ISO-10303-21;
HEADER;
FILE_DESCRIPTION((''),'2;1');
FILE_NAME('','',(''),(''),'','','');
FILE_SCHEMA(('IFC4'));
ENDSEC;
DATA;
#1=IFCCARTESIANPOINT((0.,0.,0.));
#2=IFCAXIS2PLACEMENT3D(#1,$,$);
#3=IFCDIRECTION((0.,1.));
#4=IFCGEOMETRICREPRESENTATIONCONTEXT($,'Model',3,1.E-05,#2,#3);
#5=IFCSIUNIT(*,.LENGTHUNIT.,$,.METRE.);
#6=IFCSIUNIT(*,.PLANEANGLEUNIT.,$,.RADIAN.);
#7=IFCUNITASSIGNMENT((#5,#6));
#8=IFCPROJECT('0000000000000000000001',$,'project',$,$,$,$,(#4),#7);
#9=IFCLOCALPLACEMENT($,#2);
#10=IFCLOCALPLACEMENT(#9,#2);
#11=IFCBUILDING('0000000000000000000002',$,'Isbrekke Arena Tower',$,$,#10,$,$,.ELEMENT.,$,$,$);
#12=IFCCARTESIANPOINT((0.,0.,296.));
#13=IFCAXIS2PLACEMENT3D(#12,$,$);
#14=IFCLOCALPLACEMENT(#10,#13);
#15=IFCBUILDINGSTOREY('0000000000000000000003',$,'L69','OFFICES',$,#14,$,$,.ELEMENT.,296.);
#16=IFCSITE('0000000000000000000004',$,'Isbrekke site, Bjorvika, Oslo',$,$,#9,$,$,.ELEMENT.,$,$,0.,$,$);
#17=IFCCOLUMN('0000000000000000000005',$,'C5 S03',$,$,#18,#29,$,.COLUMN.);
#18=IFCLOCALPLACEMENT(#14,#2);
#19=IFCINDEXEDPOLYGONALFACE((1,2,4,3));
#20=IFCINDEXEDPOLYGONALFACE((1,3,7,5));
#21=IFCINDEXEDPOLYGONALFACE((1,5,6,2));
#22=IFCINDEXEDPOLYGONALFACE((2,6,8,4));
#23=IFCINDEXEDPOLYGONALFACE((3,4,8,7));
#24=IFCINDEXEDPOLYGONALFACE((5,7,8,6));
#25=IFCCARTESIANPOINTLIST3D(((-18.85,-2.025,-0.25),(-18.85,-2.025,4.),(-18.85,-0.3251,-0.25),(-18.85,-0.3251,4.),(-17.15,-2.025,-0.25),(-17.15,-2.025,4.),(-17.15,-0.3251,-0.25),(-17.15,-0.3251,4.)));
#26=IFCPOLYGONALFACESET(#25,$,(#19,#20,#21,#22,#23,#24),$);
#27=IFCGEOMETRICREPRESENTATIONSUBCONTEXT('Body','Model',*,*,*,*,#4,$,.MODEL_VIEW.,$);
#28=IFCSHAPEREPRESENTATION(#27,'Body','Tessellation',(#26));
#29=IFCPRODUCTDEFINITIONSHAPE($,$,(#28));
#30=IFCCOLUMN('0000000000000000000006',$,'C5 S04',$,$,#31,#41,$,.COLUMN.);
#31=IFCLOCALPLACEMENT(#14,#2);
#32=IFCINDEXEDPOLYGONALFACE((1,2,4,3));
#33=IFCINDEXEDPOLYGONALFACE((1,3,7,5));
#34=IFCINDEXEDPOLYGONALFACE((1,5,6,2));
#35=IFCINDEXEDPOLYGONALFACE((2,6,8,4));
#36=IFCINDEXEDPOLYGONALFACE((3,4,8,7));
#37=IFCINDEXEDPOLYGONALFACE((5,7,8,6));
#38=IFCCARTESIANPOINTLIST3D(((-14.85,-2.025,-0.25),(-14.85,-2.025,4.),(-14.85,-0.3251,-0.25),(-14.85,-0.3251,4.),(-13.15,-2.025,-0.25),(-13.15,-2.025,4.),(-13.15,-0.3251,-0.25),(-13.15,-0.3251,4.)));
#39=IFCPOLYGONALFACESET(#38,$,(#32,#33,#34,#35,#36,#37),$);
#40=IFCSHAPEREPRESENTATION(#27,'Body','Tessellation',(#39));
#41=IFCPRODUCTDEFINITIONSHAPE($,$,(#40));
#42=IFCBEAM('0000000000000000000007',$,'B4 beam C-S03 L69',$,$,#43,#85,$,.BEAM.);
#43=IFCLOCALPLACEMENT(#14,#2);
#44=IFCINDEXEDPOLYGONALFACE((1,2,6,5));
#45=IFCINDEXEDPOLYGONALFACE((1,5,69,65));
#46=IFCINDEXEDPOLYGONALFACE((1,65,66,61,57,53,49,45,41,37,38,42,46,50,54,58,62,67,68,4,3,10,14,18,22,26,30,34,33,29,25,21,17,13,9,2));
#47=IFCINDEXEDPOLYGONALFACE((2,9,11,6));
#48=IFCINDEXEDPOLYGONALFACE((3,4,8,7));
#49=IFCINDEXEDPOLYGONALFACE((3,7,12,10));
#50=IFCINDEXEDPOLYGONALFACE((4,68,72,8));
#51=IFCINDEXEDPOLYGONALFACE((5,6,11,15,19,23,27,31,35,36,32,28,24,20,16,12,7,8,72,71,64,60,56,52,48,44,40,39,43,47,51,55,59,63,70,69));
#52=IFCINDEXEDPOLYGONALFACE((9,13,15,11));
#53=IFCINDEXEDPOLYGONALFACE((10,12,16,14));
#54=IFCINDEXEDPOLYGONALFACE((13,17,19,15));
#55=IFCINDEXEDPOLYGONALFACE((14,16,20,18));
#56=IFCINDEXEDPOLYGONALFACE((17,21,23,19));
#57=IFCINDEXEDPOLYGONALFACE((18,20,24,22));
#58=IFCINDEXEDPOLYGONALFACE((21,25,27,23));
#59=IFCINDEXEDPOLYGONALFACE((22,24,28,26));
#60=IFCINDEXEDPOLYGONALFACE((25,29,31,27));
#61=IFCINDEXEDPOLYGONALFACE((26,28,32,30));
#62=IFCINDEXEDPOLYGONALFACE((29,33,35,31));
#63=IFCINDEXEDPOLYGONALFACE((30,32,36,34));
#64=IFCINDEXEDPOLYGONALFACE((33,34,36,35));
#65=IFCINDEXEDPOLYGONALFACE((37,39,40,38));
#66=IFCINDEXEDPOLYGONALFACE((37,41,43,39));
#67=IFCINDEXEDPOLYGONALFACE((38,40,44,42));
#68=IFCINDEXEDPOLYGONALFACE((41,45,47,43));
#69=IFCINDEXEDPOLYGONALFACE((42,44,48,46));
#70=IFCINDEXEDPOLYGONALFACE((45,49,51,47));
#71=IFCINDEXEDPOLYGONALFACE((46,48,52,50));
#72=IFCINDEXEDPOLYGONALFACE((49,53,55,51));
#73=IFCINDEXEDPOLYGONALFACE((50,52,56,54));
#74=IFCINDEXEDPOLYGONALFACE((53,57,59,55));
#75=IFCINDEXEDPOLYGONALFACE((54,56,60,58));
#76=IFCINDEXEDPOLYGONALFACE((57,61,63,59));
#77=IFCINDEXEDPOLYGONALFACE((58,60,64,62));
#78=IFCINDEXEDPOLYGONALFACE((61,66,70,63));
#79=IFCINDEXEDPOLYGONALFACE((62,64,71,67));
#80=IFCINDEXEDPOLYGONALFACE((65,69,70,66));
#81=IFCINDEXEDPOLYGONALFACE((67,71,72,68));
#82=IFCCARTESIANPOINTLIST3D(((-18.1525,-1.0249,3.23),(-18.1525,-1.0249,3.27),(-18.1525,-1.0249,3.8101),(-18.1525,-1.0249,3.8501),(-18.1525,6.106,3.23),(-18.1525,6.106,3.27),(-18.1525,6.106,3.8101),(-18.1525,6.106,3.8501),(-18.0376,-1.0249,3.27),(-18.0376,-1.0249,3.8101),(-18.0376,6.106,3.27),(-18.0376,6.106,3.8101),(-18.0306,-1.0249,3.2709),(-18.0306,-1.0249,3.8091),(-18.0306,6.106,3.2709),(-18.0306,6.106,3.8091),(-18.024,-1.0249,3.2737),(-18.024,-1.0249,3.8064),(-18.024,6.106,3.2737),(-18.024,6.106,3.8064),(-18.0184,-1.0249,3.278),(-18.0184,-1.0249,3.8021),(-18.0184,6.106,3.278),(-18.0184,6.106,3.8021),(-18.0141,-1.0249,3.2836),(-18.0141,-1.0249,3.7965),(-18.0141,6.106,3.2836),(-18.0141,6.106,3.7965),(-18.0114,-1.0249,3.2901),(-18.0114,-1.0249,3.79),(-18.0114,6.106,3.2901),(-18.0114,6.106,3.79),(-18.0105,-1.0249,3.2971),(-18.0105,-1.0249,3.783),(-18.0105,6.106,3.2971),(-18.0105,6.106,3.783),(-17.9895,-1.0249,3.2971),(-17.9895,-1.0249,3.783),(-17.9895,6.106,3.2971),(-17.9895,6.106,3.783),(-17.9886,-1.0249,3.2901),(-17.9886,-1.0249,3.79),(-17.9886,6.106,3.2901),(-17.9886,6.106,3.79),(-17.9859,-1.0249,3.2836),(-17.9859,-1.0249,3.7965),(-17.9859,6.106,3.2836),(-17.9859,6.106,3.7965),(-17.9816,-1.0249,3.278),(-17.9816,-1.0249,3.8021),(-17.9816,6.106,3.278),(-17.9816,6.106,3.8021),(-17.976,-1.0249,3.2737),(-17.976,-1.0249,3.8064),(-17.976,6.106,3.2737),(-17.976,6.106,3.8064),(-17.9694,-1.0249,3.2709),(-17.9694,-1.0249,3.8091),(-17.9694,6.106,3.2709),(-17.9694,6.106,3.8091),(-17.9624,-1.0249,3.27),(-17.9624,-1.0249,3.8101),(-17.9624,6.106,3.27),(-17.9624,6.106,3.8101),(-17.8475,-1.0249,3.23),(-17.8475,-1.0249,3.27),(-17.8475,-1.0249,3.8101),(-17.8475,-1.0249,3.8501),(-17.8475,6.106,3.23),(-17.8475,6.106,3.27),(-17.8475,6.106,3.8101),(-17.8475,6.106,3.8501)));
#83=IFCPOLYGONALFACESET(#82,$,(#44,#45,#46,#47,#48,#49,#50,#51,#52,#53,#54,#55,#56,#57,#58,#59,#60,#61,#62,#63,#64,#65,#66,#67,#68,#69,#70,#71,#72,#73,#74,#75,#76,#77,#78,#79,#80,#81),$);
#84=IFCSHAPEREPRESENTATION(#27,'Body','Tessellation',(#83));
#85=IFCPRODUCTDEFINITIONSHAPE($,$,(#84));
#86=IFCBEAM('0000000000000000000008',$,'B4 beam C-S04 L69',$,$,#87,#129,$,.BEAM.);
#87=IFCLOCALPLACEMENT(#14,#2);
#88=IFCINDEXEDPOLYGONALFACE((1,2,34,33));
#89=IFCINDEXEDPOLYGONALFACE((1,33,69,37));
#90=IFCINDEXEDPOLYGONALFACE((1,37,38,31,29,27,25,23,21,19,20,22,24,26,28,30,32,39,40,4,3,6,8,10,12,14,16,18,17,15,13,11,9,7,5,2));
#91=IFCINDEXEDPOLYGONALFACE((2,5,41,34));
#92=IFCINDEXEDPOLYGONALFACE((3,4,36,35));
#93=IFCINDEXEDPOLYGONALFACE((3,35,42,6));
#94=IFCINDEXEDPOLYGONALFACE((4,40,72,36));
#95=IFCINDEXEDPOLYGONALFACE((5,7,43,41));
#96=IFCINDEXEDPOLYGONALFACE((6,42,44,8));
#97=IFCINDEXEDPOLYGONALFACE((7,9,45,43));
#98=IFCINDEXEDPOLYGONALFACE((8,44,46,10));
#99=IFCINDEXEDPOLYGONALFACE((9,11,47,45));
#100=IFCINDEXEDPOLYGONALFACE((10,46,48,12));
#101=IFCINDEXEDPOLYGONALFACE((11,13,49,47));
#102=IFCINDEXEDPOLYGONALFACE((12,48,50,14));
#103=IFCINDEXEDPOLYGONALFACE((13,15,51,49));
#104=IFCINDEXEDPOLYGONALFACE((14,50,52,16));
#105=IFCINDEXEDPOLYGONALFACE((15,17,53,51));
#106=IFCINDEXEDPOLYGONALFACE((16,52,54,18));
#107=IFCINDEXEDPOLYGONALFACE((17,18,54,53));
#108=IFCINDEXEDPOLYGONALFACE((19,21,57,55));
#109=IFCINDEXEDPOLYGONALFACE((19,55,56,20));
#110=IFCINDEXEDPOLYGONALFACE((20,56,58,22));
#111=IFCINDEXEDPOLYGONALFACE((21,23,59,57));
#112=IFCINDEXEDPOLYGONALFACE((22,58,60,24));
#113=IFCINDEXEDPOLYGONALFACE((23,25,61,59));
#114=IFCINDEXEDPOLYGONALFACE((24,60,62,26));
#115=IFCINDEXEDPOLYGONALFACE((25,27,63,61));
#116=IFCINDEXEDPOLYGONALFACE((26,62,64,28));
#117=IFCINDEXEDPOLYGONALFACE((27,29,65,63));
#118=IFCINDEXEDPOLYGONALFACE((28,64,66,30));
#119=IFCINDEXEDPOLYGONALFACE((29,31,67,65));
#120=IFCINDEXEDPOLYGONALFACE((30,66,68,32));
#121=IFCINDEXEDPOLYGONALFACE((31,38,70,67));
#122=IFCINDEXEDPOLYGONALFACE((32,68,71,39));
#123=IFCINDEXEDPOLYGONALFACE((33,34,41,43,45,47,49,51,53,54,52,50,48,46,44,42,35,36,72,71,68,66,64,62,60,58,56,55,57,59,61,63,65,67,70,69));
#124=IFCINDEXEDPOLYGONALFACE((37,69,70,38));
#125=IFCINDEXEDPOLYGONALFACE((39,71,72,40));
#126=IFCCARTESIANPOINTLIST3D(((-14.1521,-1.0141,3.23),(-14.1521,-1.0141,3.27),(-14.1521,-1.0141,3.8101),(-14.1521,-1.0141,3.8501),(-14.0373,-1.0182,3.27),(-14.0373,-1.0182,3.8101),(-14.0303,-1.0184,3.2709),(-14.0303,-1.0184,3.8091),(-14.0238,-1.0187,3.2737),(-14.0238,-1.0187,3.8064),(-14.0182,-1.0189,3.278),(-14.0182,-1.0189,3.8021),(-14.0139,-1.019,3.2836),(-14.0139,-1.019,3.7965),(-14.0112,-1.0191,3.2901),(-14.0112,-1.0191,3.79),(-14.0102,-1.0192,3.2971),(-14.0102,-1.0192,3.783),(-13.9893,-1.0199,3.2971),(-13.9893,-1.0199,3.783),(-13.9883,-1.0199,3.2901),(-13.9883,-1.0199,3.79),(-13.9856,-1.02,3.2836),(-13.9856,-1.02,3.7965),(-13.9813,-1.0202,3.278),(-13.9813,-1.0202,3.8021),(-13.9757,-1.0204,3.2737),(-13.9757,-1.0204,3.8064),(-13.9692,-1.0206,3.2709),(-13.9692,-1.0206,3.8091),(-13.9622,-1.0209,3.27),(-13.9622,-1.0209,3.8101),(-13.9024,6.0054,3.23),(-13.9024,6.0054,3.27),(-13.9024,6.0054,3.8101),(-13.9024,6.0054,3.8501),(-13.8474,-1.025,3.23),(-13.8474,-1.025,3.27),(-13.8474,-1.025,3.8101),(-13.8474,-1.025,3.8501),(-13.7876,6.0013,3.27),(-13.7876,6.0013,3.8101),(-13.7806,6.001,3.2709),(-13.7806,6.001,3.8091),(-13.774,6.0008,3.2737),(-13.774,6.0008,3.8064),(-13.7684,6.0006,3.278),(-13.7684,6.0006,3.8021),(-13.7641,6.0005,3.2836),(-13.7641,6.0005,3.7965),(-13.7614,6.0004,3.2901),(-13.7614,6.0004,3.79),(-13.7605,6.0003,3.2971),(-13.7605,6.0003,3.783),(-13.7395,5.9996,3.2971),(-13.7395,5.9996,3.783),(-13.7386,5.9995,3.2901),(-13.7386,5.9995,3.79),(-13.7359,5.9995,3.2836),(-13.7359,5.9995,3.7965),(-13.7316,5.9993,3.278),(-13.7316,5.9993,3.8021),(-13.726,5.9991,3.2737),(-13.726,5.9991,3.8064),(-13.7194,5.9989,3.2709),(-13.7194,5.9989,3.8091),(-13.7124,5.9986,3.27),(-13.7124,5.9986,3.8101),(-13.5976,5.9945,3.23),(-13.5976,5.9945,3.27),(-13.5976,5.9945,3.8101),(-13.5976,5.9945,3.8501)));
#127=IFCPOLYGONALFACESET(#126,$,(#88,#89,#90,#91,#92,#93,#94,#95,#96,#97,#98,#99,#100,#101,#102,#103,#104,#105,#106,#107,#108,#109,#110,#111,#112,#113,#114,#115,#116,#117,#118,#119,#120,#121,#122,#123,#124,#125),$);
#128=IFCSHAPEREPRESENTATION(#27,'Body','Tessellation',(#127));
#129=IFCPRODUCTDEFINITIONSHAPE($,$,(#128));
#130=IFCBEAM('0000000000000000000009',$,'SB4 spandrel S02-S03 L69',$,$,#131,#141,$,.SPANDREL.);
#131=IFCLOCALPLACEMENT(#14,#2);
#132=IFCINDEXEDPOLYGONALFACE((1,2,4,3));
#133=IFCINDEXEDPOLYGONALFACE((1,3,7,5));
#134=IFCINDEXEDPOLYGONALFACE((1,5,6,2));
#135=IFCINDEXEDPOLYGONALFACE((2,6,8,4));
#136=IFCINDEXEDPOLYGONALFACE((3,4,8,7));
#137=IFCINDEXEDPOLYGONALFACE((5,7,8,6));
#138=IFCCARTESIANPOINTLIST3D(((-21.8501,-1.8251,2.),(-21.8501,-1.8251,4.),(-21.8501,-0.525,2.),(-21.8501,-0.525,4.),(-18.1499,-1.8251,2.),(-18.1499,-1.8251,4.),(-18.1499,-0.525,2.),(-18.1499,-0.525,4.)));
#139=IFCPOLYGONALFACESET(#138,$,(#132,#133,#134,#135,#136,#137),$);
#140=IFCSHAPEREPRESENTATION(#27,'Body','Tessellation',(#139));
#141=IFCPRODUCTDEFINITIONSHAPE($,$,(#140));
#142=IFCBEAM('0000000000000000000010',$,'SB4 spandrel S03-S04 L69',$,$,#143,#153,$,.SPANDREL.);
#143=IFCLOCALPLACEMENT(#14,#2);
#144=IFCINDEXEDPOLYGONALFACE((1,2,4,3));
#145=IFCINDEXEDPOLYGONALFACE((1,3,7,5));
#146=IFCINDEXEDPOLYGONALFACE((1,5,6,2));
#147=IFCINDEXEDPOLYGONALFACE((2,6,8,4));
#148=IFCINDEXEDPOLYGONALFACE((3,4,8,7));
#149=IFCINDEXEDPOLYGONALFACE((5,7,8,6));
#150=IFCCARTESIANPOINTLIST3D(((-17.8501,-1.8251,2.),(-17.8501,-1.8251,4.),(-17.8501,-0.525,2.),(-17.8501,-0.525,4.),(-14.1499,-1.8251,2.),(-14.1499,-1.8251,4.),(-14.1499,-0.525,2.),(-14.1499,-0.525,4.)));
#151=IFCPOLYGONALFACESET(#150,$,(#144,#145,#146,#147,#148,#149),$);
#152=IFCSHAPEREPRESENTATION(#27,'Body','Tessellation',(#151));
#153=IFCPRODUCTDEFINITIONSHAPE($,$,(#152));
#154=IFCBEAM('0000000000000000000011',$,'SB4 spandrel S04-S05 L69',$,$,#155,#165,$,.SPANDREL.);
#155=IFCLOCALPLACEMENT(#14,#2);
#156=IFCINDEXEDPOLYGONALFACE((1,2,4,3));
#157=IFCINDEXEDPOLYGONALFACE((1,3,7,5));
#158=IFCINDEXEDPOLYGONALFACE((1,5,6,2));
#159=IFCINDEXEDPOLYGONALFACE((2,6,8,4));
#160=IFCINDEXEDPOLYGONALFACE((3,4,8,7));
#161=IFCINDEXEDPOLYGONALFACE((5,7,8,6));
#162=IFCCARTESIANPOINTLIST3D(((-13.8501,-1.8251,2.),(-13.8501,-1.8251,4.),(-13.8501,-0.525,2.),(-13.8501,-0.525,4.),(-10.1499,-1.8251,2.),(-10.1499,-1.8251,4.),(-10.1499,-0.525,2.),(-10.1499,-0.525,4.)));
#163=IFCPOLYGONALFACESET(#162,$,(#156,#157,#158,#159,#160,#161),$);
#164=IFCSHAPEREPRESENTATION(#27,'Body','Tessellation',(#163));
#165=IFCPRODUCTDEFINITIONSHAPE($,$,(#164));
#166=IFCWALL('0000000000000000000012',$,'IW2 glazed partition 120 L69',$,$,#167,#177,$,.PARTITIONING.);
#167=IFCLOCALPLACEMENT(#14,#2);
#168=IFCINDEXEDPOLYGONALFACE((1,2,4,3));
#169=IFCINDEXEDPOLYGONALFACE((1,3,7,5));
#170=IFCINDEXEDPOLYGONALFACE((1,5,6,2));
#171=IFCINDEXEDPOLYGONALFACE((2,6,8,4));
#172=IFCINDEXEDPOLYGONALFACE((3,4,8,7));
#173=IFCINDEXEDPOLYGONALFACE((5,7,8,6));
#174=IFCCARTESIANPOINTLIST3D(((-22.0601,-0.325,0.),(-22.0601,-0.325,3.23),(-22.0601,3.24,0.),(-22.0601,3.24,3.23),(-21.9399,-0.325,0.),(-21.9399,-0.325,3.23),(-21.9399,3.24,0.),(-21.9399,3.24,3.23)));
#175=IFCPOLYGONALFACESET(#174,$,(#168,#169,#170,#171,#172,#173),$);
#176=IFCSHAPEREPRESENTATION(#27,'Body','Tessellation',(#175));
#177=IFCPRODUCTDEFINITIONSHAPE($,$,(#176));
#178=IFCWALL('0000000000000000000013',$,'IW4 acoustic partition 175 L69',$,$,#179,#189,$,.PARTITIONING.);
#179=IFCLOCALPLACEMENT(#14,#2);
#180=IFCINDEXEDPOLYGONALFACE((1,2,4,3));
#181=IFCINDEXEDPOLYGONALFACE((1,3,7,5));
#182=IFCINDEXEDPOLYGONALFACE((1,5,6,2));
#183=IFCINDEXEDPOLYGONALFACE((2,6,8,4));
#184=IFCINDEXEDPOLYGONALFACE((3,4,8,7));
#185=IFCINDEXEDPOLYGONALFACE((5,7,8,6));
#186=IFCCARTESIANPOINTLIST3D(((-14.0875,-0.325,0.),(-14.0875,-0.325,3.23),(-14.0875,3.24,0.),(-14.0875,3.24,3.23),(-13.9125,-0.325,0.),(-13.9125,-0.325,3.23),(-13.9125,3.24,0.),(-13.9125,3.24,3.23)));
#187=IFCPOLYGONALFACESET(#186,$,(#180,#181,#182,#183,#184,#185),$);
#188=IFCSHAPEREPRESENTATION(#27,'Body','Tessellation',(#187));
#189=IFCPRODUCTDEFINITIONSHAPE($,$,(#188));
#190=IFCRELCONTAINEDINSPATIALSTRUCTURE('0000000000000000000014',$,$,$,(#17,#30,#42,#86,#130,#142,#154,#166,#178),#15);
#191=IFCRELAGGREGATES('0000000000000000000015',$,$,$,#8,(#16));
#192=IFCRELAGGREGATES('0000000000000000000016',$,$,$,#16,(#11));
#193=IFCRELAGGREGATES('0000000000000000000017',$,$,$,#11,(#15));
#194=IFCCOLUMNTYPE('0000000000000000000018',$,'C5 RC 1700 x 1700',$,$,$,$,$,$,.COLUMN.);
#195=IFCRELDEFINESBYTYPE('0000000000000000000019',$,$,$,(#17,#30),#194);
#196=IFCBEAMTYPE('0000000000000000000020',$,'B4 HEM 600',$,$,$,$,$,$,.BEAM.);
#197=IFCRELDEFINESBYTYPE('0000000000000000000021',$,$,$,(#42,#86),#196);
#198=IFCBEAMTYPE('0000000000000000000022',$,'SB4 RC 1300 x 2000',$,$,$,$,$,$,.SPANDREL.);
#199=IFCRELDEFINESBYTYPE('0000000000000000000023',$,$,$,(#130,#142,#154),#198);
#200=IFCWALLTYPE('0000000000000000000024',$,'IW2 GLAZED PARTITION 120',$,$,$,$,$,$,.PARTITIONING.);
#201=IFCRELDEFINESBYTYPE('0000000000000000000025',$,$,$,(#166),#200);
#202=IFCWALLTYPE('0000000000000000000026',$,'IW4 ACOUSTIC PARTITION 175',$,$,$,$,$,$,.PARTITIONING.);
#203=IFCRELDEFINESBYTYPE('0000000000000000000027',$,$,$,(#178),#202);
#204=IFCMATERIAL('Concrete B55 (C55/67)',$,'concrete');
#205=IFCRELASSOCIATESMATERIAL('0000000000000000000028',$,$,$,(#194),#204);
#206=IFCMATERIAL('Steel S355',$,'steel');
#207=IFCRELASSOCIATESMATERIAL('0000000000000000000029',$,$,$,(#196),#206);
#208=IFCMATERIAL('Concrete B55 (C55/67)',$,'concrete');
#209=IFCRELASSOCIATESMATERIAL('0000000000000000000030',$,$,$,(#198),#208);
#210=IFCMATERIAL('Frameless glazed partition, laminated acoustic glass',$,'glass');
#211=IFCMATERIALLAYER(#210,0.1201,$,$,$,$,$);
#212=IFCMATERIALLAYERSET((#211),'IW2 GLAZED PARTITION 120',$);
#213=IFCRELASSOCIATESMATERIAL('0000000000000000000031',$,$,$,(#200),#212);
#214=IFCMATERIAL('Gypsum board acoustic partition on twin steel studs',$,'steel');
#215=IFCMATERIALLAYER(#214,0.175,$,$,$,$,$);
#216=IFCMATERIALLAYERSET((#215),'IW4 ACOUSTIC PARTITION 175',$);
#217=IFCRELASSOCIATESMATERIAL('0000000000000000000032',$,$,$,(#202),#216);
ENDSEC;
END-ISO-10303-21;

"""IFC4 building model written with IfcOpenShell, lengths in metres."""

from ifc_helpers import new_model, si_unit, direction, frame, frame_2d, origin, origin_2d, place, context, subcontext, project, spatial, rectangle, i_section, extrude, material, layer, layer_set, material_profile, profile_set, type_object, element, save


model = new_model("IFC4")

# Units and contexts
model_context = context("Model", 3, precision=1e-05, world=origin(), true_north=direction((0.0, 1.0)))
body_context = subcontext(model_context, "Body", "Model", "MODEL_VIEW")
ifc_project = project(units=[si_unit("LENGTHUNIT", "METRE"), si_unit("PLANEANGLEUNIT", "RADIAN")], contexts=[model_context])

# Site, building, storey
site_placement = place(None, origin())
site = spatial("IfcSite", under=ifc_project, at=site_placement, Name="Isbrekke site, Bjorvika, Oslo", CompositionType="ELEMENT", RefElevation=0.0)
building_placement = place(site_placement, origin())
building = spatial("IfcBuilding", under=site, at=building_placement, Name="Isbrekke Arena Tower", CompositionType="ELEMENT")
storey_placement = place(building_placement, frame((0.0, 0.0, 296.0)))
storey = spatial("IfcBuildingStorey", under=building, at=storey_placement, Name="L69", Description="OFFICES", CompositionType="ELEMENT", Elevation=296.0)

# Columns
ifc_material_1 = material(Name="Concrete B55 (C55/67)", Category="concrete")
ifc_material_profile_1 = material_profile(ifc_material_1, rectangle(XDim=1.7, YDim=1.7, at=origin_2d()), Name="RC 1700x1700")
ifc_profile_set_1 = profile_set([ifc_material_profile_1], Name="Concrete B55 (C55/67)")
column_type = type_object("IfcColumnType", Name="C5 RC 1700 x 1700", PredefinedType="COLUMN", material=ifc_profile_set_1)
for number, where, z_axis, x_axis, name in (
    (1, (-18.0, -1.175, -0.25), (0.0, 0.0, 1.0), (1.0, 0.0, 0.0), "C5 S03"),
    (2, (-14.0, -1.175, -0.25), (0.0, 0.0, 1.0), (1.0, 0.0, 0.0), "C5 S04"),
):
    element("IfcColumn", number, at=place(storey_placement, frame(where, z_axis=z_axis, x_axis=x_axis)), inside=storey, type_object=column_type, Name=name, PredefinedType="COLUMN", context=body_context, shape_type="SweptSolid", body=[
        extrude(rectangle(XDim=1.7, YDim=1.7, at=origin_2d()), origin(), (0.0, 0.0, 1.0), 4.25),
    ])

# Beams
ifc_material_2 = material(Name="Steel S355", Category="steel")
ifc_material_profile_2 = material_profile(ifc_material_2, i_section(OverallWidth=0.3049, OverallDepth=0.6201, WebThickness=0.021, FlangeThickness=0.04, FilletRadius=0.0271, at=origin_2d()), Name="HEM 600")
ifc_profile_set_2 = profile_set([ifc_material_profile_2], Name="Steel S355")
beam_type_1 = type_object("IfcBeamType", Name="B4 HEM 600", PredefinedType="BEAM", material=ifc_profile_set_2)
beam_1_placement = place(storey_placement, frame((-18.0, -1.0249, 3.54), z_axis=(0.0, 1.0, 0.0), x_axis=(-1.0, 0.0, 0.0)))
element("IfcBeam", 3, at=beam_1_placement, inside=storey, type_object=beam_type_1, Name="B4 beam C-S03 L69", PredefinedType="BEAM", context=body_context, shape_type="SweptSolid", body=[
    extrude(i_section(OverallWidth=0.3049, OverallDepth=0.6201, WebThickness=0.021, FlangeThickness=0.04, FilletRadius=0.0271, at=origin_2d()), origin(), (0.0, 0.0, 1.0), 7.1309),
])
beam_2_placement = place(storey_placement, frame((-13.9998, -1.0195, 3.54), z_axis=(0.035558, 0.999368, 0.0), x_axis=(-0.999368, 0.035558, 0.0)))
element("IfcBeam", 4, at=beam_2_placement, inside=storey, type_object=beam_type_1, Name="B4 beam C-S04 L69", PredefinedType="BEAM", context=body_context, shape_type="SweptSolid", body=[
    extrude(i_section(OverallWidth=0.3049, OverallDepth=0.6201, WebThickness=0.021, FlangeThickness=0.04, FilletRadius=0.0271, at=origin_2d()), origin(), (0.0, 0.0, 1.0), 7.0239),
])
ifc_material_3 = material(Name="Concrete B55 (C55/67)", Category="concrete")
ifc_material_profile_3 = material_profile(ifc_material_3, rectangle(XDim=1.3, YDim=2.0, at=origin_2d()), Name="RC 1300x2000")
ifc_profile_set_3 = profile_set([ifc_material_profile_3], Name="Concrete B55 (C55/67)")
beam_type_2 = type_object("IfcBeamType", Name="SB4 RC 1300 x 2000", PredefinedType="SPANDREL", material=ifc_profile_set_3)
for number, where, z_axis, x_axis, name in (
    (5, (-21.8501, -1.175, 3.0), (1.0, 0.0, 0.0), (0.0, 1.0, 0.0), "SB4 spandrel S02-S03 L69"),
    (6, (-17.8501, -1.175, 3.0), (1.0, 0.0, 0.0), (0.0, 1.0, 0.0), "SB4 spandrel S03-S04 L69"),
    (7, (-13.8501, -1.175, 3.0), (1.0, 0.0, 0.0), (0.0, 1.0, 0.0), "SB4 spandrel S04-S05 L69"),
):
    element("IfcBeam", number, at=place(storey_placement, frame(where, z_axis=z_axis, x_axis=x_axis)), inside=storey, type_object=beam_type_2, Name=name, PredefinedType="SPANDREL", context=body_context, shape_type="SweptSolid", body=[
        extrude(rectangle(XDim=1.3, YDim=2.0, at=origin_2d()), origin(), (0.0, 0.0, 1.0), 3.7002),
    ])

# Walls
ifc_material_4 = material(Name="Frameless glazed partition, laminated acoustic glass", Category="glass")
ifc_layer_1 = layer(ifc_material_4, 0.1201)
ifc_layer_set_1 = layer_set([ifc_layer_1], Name="IW2 GLAZED PARTITION 120")
wall_type_1 = type_object("IfcWallType", Name="IW2 GLAZED PARTITION 120", PredefinedType="PARTITIONING", material=ifc_layer_set_1)
wall_1_placement = place(storey_placement, frame((-22.0, -0.325, 0.0), z_axis=(0.0, 0.0, 1.0), x_axis=(0.0, 1.0, 0.0)))
element("IfcWall", 8, at=wall_1_placement, inside=storey, type_object=wall_type_1, Name="IW2 glazed partition 120 L69", PredefinedType="PARTITIONING", context=body_context, shape_type="SweptSolid", body=[
    extrude(rectangle(XDim=3.5649, YDim=0.1201, at=frame_2d((1.7825, 0.0))), origin(), (0.0, 0.0, 1.0), 3.23),
])
ifc_material_5 = material(Name="Gypsum board acoustic partition on twin steel studs", Category="steel")
ifc_layer_2 = layer(ifc_material_5, 0.175)
ifc_layer_set_2 = layer_set([ifc_layer_2], Name="IW4 ACOUSTIC PARTITION 175")
wall_type_2 = type_object("IfcWallType", Name="IW4 ACOUSTIC PARTITION 175", PredefinedType="PARTITIONING", material=ifc_layer_set_2)
wall_2_placement = place(storey_placement, frame((-14.0, -0.325, 0.0), z_axis=(0.0, 0.0, 1.0), x_axis=(0.0, 1.0, 0.0)))
element("IfcWall", 9, at=wall_2_placement, inside=storey, type_object=wall_type_2, Name="IW4 acoustic partition 175 L69", PredefinedType="PARTITIONING", context=body_context, shape_type="SweptSolid", body=[
    extrude(rectangle(XDim=3.5649, YDim=0.175, at=frame_2d((1.7825, 0.0))), origin(), (0.0, 0.0, 1.0), 3.23),
])

save(model, "model.ifc")
